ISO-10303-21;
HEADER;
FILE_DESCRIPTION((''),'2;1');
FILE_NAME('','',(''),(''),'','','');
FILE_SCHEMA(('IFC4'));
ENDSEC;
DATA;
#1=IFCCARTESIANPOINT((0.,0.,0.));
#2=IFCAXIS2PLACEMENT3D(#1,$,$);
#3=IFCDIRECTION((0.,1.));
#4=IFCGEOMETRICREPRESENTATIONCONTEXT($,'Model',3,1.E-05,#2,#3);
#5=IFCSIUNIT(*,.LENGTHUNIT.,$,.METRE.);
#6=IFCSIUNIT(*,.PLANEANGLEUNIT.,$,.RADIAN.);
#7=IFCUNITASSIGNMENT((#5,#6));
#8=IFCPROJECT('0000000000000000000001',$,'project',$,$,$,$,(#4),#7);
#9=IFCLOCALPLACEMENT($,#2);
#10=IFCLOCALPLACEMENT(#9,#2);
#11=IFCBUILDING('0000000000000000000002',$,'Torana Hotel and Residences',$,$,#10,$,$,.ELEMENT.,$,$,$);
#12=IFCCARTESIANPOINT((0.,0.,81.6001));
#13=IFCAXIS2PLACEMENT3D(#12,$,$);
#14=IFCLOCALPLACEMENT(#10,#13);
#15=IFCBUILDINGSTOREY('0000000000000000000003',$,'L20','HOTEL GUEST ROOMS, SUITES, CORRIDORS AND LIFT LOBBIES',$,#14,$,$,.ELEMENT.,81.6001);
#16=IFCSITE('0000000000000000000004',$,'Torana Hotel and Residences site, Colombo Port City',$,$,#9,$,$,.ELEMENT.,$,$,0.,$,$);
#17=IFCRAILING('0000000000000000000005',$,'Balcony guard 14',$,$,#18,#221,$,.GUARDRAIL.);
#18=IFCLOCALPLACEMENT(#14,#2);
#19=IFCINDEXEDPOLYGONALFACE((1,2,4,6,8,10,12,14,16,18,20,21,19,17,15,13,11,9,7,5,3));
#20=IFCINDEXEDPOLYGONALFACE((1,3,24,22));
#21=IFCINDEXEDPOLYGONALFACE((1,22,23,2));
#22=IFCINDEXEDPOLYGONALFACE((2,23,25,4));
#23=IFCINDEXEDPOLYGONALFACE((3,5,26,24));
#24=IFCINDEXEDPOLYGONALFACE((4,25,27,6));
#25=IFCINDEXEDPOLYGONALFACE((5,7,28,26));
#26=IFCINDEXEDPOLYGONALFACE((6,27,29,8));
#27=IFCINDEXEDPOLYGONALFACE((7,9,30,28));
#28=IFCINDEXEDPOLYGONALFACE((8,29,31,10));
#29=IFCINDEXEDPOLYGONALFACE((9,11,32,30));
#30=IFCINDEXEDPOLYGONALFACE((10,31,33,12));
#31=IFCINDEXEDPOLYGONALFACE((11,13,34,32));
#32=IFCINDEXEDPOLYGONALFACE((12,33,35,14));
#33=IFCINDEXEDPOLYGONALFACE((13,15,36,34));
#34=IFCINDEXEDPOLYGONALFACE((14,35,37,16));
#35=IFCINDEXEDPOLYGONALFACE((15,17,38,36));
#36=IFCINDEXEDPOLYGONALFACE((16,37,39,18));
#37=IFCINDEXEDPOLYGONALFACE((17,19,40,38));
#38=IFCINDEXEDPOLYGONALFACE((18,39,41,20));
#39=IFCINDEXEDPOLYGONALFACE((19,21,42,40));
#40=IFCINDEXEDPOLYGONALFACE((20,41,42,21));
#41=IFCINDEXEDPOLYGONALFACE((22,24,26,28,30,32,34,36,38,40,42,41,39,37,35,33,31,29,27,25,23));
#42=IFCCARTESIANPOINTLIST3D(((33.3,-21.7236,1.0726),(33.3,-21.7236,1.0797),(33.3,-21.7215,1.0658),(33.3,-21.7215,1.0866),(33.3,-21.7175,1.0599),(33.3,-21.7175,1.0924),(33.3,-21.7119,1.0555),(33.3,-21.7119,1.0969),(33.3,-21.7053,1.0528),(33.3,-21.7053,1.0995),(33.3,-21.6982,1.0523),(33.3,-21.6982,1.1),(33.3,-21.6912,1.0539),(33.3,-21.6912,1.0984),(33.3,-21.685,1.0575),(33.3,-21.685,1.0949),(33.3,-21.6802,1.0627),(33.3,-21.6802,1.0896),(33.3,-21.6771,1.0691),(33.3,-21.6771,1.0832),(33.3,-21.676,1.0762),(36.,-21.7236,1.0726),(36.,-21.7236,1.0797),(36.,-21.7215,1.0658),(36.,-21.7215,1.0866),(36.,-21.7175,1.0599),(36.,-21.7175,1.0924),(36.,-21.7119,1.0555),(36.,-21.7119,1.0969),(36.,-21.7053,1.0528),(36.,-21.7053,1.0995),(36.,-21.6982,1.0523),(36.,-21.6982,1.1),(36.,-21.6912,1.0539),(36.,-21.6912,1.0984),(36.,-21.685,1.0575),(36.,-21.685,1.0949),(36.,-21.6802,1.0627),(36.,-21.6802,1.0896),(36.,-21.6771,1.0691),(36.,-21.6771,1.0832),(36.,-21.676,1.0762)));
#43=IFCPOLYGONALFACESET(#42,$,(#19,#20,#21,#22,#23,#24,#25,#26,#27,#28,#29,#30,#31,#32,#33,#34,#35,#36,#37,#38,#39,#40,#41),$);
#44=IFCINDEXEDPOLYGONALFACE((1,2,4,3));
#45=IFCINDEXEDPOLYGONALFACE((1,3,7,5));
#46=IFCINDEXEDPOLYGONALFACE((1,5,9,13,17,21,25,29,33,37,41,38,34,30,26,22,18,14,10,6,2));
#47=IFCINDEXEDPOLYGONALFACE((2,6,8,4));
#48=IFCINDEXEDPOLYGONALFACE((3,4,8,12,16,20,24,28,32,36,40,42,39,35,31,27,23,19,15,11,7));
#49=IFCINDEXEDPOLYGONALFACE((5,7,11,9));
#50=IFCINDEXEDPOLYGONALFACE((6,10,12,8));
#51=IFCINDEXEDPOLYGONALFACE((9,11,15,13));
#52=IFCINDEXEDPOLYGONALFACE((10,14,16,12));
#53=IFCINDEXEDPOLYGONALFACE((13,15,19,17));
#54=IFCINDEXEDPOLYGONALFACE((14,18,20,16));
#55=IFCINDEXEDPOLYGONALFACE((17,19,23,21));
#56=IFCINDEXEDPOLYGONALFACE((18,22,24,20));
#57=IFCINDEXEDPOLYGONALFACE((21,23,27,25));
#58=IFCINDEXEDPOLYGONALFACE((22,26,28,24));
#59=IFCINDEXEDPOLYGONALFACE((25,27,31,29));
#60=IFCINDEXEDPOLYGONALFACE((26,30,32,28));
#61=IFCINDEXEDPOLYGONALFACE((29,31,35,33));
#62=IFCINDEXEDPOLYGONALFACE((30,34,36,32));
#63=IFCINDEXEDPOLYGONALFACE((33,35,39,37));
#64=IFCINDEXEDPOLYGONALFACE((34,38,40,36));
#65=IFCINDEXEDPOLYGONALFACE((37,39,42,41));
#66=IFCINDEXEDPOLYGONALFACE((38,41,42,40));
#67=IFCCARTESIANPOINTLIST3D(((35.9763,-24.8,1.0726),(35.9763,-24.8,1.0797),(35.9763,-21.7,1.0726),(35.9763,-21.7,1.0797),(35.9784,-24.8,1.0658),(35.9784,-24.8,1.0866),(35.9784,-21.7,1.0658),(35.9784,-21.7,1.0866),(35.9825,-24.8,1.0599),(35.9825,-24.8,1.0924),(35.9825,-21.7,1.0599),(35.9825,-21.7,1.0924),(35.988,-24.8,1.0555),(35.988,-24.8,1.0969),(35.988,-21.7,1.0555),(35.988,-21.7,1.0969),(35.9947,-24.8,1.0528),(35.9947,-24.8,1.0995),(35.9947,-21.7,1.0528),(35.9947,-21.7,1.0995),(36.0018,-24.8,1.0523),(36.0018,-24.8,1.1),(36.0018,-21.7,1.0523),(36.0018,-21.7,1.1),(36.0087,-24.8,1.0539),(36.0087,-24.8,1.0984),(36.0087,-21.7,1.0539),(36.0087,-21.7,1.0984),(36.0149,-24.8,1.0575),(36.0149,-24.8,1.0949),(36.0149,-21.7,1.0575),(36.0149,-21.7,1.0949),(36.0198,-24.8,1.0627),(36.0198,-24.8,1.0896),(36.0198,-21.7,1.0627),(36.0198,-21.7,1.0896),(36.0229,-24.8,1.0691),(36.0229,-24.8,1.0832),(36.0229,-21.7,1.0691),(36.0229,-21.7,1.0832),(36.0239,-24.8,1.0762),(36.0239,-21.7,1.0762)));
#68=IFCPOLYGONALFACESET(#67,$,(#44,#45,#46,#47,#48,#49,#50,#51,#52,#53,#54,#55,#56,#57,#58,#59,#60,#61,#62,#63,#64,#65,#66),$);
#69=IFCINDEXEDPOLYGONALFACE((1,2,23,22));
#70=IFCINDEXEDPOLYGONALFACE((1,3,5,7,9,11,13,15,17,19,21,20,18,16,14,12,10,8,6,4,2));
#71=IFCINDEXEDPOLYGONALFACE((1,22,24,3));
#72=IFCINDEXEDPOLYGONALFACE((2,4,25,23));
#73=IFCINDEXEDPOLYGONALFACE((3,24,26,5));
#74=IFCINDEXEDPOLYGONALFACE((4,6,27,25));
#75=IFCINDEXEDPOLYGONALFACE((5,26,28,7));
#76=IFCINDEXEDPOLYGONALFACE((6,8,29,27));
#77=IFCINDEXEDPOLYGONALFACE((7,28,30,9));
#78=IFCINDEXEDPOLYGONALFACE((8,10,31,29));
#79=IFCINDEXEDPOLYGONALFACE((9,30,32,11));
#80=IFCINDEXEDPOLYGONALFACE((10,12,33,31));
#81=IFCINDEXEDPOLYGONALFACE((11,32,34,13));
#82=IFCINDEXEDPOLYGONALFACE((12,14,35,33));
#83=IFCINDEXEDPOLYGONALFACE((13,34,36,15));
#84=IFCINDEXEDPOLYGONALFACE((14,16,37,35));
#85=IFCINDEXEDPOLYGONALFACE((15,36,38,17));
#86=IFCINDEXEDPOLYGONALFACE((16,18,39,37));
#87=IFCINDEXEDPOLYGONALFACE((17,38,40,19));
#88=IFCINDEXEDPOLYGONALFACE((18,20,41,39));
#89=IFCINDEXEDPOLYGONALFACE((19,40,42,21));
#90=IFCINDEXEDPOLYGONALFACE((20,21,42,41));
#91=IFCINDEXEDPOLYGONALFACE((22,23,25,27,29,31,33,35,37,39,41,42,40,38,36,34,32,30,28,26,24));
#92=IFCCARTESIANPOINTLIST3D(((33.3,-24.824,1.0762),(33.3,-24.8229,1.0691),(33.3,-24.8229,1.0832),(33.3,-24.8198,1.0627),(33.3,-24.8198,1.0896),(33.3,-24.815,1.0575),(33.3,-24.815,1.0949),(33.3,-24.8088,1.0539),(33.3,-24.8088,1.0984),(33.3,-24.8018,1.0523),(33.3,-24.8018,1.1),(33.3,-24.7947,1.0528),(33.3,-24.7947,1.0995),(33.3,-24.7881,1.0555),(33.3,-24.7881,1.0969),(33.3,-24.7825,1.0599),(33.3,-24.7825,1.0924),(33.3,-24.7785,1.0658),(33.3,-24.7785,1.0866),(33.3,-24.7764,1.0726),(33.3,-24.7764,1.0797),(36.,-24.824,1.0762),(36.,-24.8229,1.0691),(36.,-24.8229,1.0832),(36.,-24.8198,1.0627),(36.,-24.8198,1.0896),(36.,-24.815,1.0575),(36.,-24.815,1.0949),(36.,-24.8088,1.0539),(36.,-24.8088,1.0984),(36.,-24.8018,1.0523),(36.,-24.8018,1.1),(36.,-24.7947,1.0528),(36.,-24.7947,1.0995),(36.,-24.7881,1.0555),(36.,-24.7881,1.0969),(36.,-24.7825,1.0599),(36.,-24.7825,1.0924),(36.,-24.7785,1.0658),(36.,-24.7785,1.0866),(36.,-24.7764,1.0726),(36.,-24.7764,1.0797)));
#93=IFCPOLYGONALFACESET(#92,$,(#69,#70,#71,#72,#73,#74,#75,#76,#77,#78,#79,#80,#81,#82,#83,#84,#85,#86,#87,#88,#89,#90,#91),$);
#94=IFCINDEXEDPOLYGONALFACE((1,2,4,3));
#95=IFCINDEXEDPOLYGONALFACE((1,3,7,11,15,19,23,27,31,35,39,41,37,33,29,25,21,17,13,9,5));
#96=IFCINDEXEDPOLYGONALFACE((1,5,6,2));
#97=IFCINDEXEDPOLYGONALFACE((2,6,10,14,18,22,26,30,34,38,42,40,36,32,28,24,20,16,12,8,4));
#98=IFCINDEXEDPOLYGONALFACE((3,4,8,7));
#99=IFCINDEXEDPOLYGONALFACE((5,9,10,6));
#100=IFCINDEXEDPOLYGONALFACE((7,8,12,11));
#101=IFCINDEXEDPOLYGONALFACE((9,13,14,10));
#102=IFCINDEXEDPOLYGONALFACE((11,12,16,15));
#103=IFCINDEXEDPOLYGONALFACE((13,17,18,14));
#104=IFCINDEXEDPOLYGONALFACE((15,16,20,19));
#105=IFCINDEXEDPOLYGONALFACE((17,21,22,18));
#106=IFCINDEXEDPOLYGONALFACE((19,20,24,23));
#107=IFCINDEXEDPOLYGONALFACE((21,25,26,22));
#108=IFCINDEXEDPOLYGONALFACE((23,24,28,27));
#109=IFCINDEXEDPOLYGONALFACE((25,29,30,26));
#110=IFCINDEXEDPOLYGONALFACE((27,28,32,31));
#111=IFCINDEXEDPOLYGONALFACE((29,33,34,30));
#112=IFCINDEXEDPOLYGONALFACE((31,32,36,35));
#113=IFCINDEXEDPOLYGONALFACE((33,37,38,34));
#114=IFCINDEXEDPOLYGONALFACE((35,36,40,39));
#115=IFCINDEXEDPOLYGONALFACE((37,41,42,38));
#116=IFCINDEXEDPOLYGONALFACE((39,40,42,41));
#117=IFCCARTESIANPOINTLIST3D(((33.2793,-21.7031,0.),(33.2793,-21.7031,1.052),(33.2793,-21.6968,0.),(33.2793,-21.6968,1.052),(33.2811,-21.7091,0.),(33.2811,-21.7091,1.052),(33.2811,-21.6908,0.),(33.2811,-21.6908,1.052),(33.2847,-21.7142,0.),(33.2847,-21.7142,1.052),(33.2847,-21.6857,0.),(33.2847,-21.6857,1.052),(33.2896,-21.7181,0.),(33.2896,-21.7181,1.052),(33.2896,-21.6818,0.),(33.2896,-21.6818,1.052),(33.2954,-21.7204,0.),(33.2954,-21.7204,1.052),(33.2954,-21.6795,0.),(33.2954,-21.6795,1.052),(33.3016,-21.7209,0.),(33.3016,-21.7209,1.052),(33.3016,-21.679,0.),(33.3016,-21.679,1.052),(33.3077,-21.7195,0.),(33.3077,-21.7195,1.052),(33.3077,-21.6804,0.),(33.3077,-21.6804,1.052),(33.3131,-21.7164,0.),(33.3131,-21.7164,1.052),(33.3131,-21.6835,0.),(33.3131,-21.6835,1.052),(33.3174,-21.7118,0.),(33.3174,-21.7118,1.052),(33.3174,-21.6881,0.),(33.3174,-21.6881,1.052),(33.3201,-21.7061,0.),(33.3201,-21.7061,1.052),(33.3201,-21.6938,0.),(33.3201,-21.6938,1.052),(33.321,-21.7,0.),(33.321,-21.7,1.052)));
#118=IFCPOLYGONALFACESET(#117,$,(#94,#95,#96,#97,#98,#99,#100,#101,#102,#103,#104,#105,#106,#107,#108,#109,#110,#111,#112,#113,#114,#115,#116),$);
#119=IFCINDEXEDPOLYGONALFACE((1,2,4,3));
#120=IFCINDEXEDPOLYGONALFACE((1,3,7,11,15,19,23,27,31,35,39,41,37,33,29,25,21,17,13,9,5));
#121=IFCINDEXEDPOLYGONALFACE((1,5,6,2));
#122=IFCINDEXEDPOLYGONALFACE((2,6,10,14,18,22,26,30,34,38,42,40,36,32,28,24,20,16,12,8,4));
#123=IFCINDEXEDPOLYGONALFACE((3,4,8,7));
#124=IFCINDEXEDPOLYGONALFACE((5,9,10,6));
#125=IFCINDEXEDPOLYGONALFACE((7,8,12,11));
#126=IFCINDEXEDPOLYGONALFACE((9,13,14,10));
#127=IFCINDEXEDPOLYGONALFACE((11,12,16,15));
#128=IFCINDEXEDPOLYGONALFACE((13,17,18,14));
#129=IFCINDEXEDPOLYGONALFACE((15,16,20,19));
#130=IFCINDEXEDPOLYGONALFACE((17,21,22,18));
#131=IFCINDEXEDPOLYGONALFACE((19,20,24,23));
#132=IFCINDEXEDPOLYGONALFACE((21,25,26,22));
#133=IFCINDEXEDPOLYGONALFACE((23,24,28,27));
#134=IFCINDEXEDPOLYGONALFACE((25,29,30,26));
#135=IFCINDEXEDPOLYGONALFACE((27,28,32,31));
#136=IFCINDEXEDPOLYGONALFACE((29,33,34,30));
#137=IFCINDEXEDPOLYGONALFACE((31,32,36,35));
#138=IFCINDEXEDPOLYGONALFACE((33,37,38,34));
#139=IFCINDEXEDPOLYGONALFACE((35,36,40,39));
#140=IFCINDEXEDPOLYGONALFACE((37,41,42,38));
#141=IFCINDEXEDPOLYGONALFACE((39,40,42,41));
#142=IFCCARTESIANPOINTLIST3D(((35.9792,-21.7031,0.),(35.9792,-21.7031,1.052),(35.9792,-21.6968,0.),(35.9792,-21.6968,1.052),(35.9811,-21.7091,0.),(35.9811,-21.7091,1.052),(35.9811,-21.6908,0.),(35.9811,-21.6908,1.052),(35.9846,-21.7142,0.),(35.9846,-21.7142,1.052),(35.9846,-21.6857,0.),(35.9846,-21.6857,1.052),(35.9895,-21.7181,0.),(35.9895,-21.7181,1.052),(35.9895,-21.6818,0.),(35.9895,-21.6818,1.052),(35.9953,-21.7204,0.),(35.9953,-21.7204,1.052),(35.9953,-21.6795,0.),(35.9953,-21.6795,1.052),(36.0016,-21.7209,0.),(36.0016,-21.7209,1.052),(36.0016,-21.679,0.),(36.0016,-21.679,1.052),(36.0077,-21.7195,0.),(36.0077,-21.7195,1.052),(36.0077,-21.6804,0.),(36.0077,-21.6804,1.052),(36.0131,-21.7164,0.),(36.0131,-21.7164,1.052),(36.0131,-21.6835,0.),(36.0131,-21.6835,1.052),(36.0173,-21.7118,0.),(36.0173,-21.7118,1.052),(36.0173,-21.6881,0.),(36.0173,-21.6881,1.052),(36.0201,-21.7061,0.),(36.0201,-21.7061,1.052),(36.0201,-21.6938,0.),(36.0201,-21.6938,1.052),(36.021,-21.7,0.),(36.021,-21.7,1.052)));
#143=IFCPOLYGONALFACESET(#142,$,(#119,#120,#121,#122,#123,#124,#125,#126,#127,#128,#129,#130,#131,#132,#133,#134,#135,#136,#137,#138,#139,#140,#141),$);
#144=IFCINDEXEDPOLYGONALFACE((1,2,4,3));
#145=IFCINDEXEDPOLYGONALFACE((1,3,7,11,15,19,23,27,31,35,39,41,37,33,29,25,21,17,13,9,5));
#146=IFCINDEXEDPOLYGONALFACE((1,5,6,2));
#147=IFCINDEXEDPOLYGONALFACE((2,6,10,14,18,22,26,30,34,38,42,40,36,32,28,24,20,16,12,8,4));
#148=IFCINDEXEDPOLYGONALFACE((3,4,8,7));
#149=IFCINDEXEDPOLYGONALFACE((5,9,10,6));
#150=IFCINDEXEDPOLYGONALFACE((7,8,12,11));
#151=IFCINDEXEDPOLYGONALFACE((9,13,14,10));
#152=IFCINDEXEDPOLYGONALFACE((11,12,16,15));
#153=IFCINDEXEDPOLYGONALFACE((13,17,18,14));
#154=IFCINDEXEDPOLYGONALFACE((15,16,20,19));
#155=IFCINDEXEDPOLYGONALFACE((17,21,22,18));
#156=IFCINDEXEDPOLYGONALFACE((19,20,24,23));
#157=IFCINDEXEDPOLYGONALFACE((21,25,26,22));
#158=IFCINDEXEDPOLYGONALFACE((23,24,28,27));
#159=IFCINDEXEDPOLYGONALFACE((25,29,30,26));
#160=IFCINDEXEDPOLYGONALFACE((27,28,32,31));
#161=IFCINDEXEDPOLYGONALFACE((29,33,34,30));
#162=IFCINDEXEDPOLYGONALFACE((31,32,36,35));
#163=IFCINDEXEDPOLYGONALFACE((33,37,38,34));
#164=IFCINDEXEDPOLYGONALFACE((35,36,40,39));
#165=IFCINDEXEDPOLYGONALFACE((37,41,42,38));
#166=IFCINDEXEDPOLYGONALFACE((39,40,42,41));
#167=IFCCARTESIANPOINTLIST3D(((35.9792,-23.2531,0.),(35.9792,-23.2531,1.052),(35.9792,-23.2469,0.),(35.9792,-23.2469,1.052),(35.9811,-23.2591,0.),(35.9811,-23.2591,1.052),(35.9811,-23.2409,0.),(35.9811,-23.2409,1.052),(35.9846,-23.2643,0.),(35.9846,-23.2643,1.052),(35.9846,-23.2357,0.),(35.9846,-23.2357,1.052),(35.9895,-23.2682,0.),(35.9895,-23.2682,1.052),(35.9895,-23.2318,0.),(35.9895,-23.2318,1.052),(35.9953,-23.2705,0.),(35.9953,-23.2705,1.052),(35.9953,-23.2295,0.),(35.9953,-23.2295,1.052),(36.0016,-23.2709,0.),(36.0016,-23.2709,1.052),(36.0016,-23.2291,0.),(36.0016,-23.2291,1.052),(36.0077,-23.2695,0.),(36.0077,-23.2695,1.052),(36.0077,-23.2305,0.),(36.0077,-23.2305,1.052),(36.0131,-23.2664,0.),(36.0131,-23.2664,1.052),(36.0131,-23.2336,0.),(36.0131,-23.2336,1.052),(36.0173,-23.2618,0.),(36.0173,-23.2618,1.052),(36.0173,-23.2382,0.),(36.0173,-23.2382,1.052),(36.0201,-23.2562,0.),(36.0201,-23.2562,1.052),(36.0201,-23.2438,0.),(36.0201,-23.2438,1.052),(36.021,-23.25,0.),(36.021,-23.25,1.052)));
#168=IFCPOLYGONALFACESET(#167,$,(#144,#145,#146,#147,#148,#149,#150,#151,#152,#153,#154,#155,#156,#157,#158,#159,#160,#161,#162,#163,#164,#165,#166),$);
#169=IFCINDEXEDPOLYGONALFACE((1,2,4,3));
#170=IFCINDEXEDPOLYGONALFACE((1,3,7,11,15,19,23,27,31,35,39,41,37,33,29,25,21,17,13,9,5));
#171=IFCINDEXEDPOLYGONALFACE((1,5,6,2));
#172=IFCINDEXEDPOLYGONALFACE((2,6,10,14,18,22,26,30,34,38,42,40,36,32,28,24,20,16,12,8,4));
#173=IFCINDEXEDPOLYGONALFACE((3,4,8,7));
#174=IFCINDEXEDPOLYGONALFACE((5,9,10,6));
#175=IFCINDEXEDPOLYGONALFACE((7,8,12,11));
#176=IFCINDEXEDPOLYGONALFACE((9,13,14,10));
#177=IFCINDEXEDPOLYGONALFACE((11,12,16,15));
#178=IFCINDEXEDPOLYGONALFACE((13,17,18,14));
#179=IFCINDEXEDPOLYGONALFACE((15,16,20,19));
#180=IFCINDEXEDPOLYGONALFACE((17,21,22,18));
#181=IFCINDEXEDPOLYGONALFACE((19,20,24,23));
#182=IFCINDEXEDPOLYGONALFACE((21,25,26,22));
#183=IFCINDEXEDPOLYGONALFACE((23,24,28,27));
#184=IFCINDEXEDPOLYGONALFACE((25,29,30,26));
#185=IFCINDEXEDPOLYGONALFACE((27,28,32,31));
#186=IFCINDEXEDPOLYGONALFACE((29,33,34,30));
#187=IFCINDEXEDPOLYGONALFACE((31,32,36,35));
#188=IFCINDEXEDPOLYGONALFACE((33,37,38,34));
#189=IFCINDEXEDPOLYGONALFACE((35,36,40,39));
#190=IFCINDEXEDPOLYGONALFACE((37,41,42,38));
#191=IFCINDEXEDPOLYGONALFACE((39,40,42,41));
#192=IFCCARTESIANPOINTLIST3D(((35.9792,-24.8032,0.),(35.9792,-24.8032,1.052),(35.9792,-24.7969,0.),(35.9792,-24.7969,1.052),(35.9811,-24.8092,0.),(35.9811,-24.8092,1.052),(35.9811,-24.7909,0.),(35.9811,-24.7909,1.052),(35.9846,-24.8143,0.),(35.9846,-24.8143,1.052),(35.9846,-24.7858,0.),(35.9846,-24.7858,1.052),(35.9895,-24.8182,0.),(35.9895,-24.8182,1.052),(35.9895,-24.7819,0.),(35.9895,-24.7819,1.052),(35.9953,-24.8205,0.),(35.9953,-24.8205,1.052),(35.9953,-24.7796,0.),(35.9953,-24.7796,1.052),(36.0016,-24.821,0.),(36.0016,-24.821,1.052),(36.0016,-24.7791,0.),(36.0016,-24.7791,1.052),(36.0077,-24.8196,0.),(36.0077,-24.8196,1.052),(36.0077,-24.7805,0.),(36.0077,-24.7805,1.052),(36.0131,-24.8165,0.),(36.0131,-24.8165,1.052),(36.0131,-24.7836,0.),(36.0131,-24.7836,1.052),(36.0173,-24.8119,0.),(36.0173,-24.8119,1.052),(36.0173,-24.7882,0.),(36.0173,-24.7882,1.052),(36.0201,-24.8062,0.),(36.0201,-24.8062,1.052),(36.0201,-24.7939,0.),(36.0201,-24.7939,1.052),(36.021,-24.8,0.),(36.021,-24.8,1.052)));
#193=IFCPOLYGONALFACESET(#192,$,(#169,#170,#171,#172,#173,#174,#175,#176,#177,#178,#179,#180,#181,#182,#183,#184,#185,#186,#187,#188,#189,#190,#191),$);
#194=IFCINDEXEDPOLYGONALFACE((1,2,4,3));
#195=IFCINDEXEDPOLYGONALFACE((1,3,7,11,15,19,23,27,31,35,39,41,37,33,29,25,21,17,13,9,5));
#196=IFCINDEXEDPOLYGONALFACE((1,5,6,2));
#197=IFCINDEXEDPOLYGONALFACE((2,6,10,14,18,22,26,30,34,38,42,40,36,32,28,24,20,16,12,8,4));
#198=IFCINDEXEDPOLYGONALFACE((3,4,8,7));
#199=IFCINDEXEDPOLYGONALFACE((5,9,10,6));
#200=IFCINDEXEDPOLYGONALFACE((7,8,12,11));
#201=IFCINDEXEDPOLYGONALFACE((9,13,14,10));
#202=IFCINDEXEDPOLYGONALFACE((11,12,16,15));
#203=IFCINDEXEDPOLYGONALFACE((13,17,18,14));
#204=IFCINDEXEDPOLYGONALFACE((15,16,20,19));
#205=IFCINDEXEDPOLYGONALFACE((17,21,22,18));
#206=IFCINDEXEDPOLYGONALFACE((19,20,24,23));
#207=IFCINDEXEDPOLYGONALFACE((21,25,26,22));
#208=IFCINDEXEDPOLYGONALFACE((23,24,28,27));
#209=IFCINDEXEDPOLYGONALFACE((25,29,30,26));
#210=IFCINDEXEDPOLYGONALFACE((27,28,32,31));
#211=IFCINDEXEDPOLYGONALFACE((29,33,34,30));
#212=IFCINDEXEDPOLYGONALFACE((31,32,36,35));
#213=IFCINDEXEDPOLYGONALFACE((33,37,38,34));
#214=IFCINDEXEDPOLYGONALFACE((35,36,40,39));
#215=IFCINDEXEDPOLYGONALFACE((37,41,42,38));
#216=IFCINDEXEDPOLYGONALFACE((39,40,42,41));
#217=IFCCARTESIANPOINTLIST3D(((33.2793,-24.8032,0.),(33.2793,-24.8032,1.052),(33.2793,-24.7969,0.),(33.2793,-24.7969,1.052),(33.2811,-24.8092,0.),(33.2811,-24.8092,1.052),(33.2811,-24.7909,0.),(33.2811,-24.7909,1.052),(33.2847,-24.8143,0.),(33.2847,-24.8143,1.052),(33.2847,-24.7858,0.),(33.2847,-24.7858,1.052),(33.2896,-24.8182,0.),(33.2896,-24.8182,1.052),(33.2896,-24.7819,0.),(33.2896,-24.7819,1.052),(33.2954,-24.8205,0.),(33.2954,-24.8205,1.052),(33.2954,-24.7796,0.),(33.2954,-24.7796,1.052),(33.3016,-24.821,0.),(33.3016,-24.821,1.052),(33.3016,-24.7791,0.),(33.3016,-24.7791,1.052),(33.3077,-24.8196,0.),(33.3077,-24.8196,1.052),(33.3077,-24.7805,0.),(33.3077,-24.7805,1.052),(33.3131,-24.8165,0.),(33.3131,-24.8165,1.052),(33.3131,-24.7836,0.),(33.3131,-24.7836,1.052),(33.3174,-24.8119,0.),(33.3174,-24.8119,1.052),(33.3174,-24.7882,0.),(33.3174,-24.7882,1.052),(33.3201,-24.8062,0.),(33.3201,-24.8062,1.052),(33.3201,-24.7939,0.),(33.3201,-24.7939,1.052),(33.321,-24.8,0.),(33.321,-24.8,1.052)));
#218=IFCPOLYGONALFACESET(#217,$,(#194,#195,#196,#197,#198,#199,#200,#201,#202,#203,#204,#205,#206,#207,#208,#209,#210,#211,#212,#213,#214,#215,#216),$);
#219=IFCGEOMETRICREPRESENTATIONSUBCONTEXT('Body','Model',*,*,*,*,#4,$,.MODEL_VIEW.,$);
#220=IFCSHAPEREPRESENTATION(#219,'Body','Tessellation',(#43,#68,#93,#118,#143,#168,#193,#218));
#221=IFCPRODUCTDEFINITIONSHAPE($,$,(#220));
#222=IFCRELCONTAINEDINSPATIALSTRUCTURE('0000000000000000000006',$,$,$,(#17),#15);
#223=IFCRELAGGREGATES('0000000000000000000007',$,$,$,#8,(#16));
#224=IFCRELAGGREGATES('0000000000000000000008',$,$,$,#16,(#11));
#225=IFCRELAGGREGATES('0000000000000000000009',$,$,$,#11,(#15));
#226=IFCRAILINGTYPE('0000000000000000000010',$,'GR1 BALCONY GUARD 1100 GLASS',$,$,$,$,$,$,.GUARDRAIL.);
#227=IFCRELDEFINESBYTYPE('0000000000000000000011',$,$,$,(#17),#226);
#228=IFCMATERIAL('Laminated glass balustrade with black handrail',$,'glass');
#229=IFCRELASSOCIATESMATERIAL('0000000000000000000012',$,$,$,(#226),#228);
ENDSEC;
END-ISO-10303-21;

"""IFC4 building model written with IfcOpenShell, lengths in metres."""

from ifc_helpers import new_model, si_unit, direction, frame, origin, origin_2d, place, context, subcontext, project, spatial, circle, extrude, material, type_object, element, save


model = new_model("IFC4")

# Units and contexts
model_context = context("Model", 3, precision=1e-05, world=origin(), true_north=direction((0.0, 1.0)))
body_context = subcontext(model_context, "Body", "Model", "MODEL_VIEW")
ifc_project = project(units=[si_unit("LENGTHUNIT", "METRE"), si_unit("PLANEANGLEUNIT", "RADIAN")], contexts=[model_context])

# Site, building, storey
site_placement = place(None, origin())
site = spatial("IfcSite", under=ifc_project, at=site_placement, Name="Torana Hotel and Residences site, Colombo Port City", CompositionType="ELEMENT", RefElevation=0.0)
building_placement = place(site_placement, origin())
building = spatial("IfcBuilding", under=site, at=building_placement, Name="Torana Hotel and Residences", CompositionType="ELEMENT")
storey_placement = place(building_placement, frame((0.0, 0.0, 81.6001)))
storey = spatial("IfcBuildingStorey", under=building, at=storey_placement, Name="L20", Description="HOTEL GUEST ROOMS, SUITES, CORRIDORS AND LIFT LOBBIES", CompositionType="ELEMENT", Elevation=81.6001)

# Railing
ifc_material_1 = material(Name="Laminated glass balustrade with black handrail", Category="glass")
railing_type = type_object("IfcRailingType", Name="GR1 BALCONY GUARD 1100 GLASS", PredefinedType="GUARDRAIL", material=ifc_material_1)
railing_1_placement = place(storey_placement, frame((33.3, -21.7, 0.0)))
element("IfcRailing", 1, at=railing_1_placement, inside=storey, type_object=railing_type, Name="Balcony guard 14", PredefinedType="GUARDRAIL", context=body_context, shape_type="SweptSolid", body=[
    extrude(circle(Radius=0.0239, at=origin_2d()), frame((0.0, 0.0, 1.0762), z_axis=(1.0, 0.0, 0.0), x_axis=(0.0, 1.0, 0.0)), (0.0, 0.0, 1.0), 2.7),
    extrude(circle(Radius=0.0239, at=origin_2d()), frame((2.7, 0.0, 1.0762), z_axis=(0.0, -1.0, 0.0), x_axis=(1.0, 0.0, 0.0)), (0.0, 0.0, 1.0), 3.1001),
    extrude(circle(Radius=0.0239, at=origin_2d()), frame((2.7, -3.1001, 1.0762), z_axis=(-1.0, 0.0, 0.0), x_axis=(0.0, -1.0, 0.0)), (0.0, 0.0, 1.0), 2.7),
    extrude(circle(Radius=0.021, at=origin_2d()), origin(), (0.0, 0.0, 1.0), 1.052),
    extrude(circle(Radius=0.021, at=origin_2d()), frame((2.7, 0.0, 0.0)), (0.0, 0.0, 1.0), 1.052),
    extrude(circle(Radius=0.021, at=origin_2d()), frame((2.7, -1.55, 0.0)), (0.0, 0.0, 1.0), 1.052),
    extrude(circle(Radius=0.021, at=origin_2d()), frame((2.7, -3.1001, 0.0)), (0.0, 0.0, 1.0), 1.052),
    extrude(circle(Radius=0.021, at=origin_2d()), frame((0.0, -3.1001, 0.0)), (0.0, 0.0, 1.0), 1.052),
])

save(model, "model.ifc")
